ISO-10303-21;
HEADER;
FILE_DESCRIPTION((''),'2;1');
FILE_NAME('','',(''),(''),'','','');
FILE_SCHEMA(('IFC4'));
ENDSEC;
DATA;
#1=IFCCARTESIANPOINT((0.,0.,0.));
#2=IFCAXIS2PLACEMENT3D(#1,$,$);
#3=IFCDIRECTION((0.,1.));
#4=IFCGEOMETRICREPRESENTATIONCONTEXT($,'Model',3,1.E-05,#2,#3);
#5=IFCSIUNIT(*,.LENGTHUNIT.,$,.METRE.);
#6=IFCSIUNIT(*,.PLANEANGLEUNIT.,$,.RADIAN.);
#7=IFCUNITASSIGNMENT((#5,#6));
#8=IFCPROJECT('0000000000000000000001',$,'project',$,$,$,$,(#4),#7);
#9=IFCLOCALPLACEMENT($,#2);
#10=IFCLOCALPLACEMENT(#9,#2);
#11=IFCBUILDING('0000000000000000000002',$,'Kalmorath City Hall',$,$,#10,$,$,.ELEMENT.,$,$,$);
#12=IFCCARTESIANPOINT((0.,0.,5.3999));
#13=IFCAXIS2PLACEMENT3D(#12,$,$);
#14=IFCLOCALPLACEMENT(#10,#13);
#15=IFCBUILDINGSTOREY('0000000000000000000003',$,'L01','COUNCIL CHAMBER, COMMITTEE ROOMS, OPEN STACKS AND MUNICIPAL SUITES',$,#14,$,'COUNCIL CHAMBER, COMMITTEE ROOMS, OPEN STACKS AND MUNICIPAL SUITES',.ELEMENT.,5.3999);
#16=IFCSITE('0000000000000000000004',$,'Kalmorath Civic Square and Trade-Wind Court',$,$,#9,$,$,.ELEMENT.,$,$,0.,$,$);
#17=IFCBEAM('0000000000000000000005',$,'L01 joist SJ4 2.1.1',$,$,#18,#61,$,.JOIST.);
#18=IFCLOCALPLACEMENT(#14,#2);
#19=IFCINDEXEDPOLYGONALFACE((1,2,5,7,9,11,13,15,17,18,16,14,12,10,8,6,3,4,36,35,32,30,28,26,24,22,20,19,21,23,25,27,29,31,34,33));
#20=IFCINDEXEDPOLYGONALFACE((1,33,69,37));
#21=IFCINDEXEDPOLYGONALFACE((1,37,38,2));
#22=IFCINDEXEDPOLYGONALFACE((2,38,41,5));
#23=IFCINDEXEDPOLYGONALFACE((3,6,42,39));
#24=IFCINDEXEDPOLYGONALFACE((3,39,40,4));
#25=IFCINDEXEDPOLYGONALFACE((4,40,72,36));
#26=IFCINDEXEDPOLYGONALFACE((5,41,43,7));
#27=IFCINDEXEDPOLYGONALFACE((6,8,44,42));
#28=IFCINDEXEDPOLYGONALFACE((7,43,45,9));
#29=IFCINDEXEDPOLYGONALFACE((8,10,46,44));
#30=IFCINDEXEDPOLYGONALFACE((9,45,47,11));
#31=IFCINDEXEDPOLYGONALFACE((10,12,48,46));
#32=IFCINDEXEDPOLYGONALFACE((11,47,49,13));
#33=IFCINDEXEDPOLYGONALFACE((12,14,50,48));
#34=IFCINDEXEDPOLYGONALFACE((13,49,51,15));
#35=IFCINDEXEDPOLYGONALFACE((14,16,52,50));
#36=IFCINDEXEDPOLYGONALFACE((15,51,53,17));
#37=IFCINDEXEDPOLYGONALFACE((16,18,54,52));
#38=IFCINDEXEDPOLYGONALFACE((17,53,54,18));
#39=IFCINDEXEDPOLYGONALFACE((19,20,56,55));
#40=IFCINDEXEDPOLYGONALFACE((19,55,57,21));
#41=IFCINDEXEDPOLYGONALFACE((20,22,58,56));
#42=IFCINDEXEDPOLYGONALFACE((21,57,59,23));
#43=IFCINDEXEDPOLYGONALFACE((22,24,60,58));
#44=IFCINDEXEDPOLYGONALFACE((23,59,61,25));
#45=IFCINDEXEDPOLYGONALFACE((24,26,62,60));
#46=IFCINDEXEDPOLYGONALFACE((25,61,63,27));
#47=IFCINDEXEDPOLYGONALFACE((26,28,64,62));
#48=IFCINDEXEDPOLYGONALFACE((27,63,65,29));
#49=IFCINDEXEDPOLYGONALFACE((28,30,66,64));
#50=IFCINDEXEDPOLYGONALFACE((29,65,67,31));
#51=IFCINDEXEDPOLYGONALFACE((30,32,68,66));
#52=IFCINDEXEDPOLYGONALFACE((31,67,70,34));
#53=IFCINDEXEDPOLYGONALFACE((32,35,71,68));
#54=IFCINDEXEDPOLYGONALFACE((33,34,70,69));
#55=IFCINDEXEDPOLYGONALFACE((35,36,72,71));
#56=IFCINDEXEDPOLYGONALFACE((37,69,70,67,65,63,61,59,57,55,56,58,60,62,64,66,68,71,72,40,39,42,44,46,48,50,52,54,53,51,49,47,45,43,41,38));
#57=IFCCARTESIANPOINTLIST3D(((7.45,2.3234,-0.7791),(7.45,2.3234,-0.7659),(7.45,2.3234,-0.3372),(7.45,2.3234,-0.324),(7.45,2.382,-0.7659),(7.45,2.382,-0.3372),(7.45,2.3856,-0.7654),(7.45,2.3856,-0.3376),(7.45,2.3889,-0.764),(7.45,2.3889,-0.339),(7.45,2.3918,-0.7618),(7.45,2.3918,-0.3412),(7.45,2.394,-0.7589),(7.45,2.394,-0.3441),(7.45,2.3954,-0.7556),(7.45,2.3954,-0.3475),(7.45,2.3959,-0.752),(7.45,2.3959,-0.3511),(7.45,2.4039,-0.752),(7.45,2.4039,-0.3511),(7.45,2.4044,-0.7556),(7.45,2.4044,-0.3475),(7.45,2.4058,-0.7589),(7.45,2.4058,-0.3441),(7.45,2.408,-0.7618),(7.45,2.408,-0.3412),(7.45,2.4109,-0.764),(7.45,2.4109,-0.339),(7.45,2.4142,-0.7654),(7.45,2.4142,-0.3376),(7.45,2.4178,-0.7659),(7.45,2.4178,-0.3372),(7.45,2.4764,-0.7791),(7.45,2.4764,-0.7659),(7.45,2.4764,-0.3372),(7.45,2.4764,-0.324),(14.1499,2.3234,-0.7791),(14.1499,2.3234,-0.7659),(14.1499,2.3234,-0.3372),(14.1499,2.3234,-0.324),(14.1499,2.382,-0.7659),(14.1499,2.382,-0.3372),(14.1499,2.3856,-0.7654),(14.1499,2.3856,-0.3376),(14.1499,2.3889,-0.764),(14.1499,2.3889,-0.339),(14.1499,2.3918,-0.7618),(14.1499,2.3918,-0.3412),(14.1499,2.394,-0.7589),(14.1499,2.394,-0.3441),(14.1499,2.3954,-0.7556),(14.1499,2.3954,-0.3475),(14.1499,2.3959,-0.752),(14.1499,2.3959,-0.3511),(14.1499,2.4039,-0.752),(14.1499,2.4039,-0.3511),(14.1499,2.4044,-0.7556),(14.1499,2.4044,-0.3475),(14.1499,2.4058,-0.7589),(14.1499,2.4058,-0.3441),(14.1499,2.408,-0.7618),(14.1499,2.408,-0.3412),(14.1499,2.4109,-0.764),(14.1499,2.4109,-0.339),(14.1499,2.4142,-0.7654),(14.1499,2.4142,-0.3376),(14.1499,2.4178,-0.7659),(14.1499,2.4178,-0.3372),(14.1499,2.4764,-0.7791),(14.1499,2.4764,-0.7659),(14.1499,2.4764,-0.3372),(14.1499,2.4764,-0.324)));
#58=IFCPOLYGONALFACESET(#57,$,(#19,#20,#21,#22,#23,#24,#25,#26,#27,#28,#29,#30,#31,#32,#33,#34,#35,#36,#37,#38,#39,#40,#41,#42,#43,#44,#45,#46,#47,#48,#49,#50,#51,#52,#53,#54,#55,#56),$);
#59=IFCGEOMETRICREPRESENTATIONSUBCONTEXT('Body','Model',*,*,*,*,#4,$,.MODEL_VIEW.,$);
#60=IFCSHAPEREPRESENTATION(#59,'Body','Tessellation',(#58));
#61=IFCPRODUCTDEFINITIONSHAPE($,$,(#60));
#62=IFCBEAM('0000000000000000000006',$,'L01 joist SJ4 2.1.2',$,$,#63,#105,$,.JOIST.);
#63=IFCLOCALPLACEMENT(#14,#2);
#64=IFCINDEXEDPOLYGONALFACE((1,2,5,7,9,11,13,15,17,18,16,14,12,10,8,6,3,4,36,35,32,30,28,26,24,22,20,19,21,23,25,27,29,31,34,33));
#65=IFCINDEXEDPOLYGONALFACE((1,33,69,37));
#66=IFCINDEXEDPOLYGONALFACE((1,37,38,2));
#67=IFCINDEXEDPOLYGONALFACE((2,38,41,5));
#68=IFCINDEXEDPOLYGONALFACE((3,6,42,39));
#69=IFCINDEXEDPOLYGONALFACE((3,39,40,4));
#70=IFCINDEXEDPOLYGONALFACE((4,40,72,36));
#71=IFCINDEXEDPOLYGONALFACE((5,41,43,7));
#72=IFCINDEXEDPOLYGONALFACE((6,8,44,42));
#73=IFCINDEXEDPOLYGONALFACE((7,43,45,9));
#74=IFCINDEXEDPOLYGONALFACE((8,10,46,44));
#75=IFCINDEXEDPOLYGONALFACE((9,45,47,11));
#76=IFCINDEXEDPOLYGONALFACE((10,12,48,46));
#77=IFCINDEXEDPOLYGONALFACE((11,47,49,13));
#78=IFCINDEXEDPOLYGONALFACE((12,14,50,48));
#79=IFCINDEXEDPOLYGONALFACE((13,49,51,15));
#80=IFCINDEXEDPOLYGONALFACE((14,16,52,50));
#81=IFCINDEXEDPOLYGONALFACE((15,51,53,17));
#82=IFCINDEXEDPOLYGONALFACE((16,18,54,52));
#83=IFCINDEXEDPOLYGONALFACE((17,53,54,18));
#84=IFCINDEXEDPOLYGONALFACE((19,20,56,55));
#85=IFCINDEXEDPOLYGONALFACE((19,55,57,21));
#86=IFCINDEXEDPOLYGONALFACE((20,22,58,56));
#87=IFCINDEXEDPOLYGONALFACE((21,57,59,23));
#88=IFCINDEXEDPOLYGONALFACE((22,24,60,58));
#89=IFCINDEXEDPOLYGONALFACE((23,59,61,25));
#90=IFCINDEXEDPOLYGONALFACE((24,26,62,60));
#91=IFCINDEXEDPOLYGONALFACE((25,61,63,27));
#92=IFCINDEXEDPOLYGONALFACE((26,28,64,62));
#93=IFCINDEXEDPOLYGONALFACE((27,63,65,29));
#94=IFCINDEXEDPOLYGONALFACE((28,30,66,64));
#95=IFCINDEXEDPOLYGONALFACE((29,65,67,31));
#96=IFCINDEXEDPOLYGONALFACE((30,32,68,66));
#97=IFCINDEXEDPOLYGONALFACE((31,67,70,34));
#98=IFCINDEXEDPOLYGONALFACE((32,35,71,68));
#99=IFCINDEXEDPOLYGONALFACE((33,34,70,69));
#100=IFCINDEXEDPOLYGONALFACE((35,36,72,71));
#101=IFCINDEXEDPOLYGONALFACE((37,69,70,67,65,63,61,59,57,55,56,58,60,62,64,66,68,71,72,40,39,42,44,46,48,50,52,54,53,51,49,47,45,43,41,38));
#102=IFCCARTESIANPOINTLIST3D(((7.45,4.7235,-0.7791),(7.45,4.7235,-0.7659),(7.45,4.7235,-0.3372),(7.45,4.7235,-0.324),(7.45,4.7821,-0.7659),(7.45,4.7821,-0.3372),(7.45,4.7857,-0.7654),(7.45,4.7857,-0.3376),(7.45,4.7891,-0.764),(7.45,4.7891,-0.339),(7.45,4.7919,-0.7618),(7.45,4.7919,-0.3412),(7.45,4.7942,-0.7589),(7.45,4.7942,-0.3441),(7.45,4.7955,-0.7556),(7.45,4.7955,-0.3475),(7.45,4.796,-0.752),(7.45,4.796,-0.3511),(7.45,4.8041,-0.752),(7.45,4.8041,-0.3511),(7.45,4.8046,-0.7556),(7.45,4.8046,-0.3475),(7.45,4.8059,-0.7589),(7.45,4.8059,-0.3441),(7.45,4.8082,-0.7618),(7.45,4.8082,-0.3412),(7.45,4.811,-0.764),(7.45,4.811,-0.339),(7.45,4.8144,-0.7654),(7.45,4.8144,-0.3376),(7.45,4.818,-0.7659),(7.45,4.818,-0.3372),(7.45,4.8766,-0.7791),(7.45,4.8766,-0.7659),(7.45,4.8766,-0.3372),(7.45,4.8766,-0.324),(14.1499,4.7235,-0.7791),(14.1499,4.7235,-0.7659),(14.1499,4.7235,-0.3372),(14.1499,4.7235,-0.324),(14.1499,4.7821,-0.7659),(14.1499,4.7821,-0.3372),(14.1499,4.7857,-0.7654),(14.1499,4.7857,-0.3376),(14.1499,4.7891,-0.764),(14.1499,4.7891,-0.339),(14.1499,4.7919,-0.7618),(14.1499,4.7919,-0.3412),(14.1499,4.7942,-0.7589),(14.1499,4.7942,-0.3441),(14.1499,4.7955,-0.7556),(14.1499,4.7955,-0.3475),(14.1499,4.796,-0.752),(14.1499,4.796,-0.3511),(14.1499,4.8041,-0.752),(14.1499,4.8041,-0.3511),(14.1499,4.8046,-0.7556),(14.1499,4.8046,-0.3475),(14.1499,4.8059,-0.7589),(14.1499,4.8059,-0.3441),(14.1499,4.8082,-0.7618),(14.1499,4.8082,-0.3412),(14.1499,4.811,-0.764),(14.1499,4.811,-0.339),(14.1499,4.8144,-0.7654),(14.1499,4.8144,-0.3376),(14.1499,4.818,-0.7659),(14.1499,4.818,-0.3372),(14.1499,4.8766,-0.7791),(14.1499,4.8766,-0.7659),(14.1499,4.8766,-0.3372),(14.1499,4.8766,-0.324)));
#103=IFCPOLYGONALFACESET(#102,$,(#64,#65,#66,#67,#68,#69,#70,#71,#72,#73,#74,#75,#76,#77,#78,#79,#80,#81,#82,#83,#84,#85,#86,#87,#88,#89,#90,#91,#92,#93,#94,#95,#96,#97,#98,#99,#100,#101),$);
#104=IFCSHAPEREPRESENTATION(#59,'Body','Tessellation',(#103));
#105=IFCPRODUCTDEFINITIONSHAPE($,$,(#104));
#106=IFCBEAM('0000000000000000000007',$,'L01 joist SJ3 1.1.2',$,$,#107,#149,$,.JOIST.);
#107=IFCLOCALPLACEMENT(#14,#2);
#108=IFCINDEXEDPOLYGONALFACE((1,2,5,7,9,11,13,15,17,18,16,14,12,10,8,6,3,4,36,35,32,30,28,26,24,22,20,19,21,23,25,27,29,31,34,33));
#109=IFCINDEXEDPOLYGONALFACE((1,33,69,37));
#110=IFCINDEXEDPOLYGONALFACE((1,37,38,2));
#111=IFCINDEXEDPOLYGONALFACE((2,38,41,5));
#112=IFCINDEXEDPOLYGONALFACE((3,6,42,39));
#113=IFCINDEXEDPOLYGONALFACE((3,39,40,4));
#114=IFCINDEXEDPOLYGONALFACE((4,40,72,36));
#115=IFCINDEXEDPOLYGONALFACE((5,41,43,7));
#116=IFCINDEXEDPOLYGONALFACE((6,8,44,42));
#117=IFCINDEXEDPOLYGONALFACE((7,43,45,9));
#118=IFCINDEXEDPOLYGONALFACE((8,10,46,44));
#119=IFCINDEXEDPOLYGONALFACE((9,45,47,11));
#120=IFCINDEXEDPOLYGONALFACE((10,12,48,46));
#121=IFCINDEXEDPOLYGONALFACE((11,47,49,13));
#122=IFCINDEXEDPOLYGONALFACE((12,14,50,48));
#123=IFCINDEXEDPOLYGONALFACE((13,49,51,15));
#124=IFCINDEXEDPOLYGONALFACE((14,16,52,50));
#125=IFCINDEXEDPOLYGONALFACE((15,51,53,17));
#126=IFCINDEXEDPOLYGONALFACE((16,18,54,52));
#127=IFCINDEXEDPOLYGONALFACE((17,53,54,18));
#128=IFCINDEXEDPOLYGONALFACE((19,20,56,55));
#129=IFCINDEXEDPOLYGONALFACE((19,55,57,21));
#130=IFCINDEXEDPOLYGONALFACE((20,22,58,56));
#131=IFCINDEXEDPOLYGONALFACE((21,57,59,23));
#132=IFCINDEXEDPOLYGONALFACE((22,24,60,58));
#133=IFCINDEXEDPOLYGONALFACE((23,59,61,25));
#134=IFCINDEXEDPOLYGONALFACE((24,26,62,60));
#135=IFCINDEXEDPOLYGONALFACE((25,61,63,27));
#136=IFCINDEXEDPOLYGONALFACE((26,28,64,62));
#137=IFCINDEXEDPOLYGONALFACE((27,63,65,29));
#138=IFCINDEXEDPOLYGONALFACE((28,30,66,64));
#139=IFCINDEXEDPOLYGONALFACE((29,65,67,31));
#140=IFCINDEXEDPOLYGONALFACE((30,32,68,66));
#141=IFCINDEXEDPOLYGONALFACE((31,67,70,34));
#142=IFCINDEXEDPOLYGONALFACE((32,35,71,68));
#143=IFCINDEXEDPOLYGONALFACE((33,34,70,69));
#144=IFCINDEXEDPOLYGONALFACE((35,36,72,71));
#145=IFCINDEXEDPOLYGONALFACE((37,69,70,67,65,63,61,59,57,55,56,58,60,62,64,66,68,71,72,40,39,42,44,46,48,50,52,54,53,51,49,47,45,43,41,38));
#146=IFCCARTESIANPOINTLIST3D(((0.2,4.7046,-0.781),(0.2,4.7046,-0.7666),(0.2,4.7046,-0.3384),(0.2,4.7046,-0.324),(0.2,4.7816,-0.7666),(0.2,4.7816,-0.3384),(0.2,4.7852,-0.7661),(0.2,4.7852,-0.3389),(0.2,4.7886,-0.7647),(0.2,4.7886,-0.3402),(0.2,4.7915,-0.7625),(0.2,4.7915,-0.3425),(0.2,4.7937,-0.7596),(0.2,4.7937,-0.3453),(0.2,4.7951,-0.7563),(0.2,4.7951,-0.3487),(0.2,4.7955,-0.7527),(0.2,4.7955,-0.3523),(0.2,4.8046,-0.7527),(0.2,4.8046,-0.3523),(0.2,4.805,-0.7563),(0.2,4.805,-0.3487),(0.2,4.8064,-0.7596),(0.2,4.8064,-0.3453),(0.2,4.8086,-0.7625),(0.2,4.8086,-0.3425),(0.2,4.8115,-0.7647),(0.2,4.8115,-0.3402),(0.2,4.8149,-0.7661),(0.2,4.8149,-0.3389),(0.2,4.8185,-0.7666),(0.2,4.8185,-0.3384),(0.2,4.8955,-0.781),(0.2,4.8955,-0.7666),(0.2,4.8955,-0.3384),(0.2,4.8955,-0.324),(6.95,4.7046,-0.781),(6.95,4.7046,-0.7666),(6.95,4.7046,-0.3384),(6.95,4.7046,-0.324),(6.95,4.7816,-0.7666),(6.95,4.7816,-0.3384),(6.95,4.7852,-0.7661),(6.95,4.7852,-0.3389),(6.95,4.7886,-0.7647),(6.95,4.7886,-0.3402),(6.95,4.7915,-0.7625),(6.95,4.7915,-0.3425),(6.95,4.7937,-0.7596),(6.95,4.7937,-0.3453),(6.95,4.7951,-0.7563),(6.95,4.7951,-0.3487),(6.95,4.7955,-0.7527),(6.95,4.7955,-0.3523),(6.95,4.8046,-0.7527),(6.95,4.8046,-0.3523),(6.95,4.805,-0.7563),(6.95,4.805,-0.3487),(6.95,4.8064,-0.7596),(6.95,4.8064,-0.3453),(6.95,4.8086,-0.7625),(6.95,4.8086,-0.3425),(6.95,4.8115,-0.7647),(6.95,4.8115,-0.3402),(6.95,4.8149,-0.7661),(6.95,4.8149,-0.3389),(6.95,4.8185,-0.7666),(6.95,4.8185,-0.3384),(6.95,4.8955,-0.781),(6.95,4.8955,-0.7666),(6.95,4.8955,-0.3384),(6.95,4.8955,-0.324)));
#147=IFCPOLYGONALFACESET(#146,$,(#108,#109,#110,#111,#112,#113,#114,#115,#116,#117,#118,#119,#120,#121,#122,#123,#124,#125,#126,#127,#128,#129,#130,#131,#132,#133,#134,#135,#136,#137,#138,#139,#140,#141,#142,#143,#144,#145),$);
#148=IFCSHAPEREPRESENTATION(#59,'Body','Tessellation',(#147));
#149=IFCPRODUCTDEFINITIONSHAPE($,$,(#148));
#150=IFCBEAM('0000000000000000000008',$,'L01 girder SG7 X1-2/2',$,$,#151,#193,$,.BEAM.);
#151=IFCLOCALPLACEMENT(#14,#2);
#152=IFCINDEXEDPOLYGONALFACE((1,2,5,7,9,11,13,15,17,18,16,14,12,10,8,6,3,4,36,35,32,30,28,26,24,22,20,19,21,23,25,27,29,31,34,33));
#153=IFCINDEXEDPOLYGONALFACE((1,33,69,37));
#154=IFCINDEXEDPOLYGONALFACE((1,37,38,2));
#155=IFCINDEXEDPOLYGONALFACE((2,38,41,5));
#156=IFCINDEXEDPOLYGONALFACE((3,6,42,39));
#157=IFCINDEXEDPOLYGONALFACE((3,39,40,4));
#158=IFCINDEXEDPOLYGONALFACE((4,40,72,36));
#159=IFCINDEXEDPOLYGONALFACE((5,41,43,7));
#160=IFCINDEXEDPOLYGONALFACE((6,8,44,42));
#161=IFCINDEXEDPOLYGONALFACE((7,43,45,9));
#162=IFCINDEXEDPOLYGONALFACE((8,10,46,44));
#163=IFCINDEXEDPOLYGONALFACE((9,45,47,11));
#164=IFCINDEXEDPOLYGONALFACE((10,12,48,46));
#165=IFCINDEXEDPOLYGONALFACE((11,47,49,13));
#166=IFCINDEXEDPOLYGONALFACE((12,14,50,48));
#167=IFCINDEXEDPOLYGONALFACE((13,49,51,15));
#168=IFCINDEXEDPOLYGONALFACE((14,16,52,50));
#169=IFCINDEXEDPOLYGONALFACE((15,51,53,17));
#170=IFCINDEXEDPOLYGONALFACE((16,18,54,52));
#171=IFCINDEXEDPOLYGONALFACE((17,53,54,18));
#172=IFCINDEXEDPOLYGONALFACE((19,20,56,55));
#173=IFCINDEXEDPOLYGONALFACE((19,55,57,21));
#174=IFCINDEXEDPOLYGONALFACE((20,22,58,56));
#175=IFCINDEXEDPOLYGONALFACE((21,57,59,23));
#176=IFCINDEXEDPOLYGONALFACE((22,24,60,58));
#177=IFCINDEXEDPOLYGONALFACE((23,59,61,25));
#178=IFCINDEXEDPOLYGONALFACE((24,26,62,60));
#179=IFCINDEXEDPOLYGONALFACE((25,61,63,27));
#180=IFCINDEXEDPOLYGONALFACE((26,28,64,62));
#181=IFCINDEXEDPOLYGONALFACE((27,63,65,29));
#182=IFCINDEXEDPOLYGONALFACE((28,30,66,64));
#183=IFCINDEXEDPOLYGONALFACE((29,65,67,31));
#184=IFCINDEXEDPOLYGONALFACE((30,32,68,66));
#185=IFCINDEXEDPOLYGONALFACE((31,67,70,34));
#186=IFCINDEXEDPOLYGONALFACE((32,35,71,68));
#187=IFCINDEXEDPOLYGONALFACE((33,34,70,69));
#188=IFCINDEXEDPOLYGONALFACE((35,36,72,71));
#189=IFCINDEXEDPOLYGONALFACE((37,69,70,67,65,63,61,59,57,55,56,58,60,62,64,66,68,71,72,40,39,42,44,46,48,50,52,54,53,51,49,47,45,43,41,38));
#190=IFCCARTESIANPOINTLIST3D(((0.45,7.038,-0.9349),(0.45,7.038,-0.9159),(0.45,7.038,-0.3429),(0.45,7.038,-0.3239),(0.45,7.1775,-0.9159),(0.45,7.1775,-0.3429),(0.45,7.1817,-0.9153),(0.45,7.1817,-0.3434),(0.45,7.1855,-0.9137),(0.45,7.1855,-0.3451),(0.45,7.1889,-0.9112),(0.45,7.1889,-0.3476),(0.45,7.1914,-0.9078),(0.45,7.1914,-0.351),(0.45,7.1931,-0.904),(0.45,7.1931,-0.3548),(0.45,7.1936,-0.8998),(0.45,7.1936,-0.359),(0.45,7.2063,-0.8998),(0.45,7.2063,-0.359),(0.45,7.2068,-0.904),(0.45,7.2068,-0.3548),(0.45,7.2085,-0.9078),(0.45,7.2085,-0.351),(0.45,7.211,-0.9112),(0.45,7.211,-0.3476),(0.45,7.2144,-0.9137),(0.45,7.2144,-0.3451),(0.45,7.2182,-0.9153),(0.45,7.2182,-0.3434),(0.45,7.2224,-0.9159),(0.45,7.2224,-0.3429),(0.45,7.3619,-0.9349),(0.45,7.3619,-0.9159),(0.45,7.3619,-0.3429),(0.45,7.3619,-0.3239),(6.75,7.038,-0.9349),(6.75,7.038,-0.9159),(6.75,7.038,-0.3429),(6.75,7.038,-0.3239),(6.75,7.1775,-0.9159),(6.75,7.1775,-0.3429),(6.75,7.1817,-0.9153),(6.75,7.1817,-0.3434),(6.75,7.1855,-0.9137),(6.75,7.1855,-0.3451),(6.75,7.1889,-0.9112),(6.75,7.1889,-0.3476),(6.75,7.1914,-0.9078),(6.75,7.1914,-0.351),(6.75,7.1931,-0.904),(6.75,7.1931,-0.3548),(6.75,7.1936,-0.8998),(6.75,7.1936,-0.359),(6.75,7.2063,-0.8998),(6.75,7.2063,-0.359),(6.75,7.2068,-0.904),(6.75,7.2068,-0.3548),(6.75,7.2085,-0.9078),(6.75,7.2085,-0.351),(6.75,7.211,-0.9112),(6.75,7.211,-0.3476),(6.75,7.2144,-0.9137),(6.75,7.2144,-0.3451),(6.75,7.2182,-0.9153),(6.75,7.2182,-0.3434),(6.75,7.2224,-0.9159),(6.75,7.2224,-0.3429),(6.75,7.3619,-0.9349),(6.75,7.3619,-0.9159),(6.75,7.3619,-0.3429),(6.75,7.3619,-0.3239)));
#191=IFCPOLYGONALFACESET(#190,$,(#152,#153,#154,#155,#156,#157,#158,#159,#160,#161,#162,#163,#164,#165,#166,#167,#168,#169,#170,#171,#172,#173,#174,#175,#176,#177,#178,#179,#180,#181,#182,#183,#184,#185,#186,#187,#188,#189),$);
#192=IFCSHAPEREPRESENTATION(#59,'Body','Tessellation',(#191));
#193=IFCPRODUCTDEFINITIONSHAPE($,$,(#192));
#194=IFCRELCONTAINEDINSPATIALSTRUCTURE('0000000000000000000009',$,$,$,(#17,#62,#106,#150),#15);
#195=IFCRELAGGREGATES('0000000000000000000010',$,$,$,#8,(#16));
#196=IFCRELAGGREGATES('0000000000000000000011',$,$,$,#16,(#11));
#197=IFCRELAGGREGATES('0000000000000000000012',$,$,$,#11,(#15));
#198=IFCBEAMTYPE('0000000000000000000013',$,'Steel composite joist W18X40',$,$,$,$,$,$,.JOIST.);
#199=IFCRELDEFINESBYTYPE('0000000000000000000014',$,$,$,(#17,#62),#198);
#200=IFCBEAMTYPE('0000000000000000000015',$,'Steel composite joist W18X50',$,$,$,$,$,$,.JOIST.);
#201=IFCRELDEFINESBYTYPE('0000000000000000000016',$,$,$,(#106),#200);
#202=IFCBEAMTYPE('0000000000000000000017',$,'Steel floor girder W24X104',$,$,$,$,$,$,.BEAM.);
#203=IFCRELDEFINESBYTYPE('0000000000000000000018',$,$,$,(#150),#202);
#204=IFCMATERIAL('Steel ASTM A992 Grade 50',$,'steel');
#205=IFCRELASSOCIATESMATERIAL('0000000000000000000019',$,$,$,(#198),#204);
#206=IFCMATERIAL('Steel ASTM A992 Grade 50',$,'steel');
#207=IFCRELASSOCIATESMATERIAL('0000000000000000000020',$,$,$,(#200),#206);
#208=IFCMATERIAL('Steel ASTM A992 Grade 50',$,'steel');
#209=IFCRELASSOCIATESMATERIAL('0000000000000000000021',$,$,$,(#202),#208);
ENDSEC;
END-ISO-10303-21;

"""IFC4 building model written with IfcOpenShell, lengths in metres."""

from ifc_helpers import new_model, si_unit, direction, frame, origin, origin_2d, place, context, subcontext, project, spatial, i_section, extrude, material, material_profile, profile_set, type_object, element, save


model = new_model("IFC4")

# Units and contexts
model_context = context("Model", 3, precision=1e-05, world=origin(), true_north=direction((0.0, 1.0)))
body_context = subcontext(model_context, "Body", "Model", "MODEL_VIEW")
ifc_project = project(units=[si_unit("LENGTHUNIT", "METRE"), si_unit("PLANEANGLEUNIT", "RADIAN")], contexts=[model_context])

# Site, building, storey
site_placement = place(None, origin())
site = spatial("IfcSite", under=ifc_project, at=site_placement, Name="Kalmorath Civic Square and Trade-Wind Court", CompositionType="ELEMENT", RefElevation=0.0)
building_placement = place(site_placement, origin())
building = spatial("IfcBuilding", under=site, at=building_placement, Name="Kalmorath City Hall", CompositionType="ELEMENT")
storey_placement = place(building_placement, frame((0.0, 0.0, 5.3999)))
storey = spatial("IfcBuildingStorey", under=building, at=storey_placement, Name="L01", Description="COUNCIL CHAMBER, COMMITTEE ROOMS, OPEN STACKS AND MUNICIPAL SUITES", LongName="COUNCIL CHAMBER, COMMITTEE ROOMS, OPEN STACKS AND MUNICIPAL SUITES", CompositionType="ELEMENT", Elevation=5.3999)

# Beams
ifc_material_1 = material(Name="Steel ASTM A992 Grade 50", Category="steel")
ifc_material_profile_1 = material_profile(ifc_material_1, i_section(OverallWidth=0.1531, OverallDepth=0.4551, WebThickness=0.0081, FlangeThickness=0.0132, FilletRadius=0.0139, at=origin_2d()), Name="W18X40")
ifc_profile_set_1 = profile_set([ifc_material_profile_1], Name="Steel ASTM A992 Grade 50")
beam_type_1 = type_object("IfcBeamType", Name="Steel composite joist W18X40", PredefinedType="JOIST", material=ifc_profile_set_1)
for number, where, z_axis, x_axis, name in (
    (1, (7.45, 2.3999, -0.5515), (1.0, 0.0, 0.0), (0.0, 1.0, 0.0), "L01 joist SJ4 2.1.1"),
    (2, (7.45, 4.8, -0.5515), (1.0, 0.0, 0.0), (0.0, 1.0, 0.0), "L01 joist SJ4 2.1.2"),
):
    element("IfcBeam", number, at=place(storey_placement, frame(where, z_axis=z_axis, x_axis=x_axis)), inside=storey, type_object=beam_type_1, Name=name, PredefinedType="JOIST", context=body_context, shape_type="SweptSolid", body=[
        extrude(i_section(OverallWidth=0.1531, OverallDepth=0.4551, WebThickness=0.0081, FlangeThickness=0.0132, FilletRadius=0.0139, at=origin_2d()), origin(), (0.0, 0.0, 1.0), 6.7),
    ])
ifc_material_2 = material(Name="Steel ASTM A992 Grade 50", Category="steel")
ifc_material_profile_2 = material_profile(ifc_material_2, i_section(OverallWidth=0.1909, OverallDepth=0.457, WebThickness=0.009, FlangeThickness=0.0144, FilletRadius=0.0139, at=origin_2d()), Name="W18X50")
ifc_profile_set_2 = profile_set([ifc_material_profile_2], Name="Steel ASTM A992 Grade 50")
beam_type_2 = type_object("IfcBeamType", Name="Steel composite joist W18X50", PredefinedType="JOIST", material=ifc_profile_set_2)
beam_1_placement = place(storey_placement, frame((0.2, 4.8, -0.5525), z_axis=(1.0, 0.0, 0.0), x_axis=(0.0, 1.0, 0.0)))
element("IfcBeam", 3, at=beam_1_placement, inside=storey, type_object=beam_type_2, Name="L01 joist SJ3 1.1.2", PredefinedType="JOIST", context=body_context, shape_type="SweptSolid", body=[
    extrude(i_section(OverallWidth=0.1909, OverallDepth=0.457, WebThickness=0.009, FlangeThickness=0.0144, FilletRadius=0.0139, at=origin_2d()), origin(), (0.0, 0.0, 1.0), 6.75),
])
ifc_material_3 = material(Name="Steel ASTM A992 Grade 50", Category="steel")
ifc_material_profile_3 = material_profile(ifc_material_3, i_section(OverallWidth=0.324, OverallDepth=0.6111, WebThickness=0.0127, FlangeThickness=0.019, FilletRadius=0.0161, at=origin_2d()), Name="W24X104")
ifc_profile_set_3 = profile_set([ifc_material_profile_3], Name="Steel ASTM A992 Grade 50")
beam_type_3 = type_object("IfcBeamType", Name="Steel floor girder W24X104", PredefinedType="BEAM", material=ifc_profile_set_3)
for number, where, z_axis, x_axis, name in (
    (4, (0.45, 7.2, -0.6294), (1.0, 0.0, 0.0), (0.0, 1.0, 0.0), "L01 girder SG7 X1-2/2"),
):
    element("IfcBeam", number, at=place(storey_placement, frame(where, z_axis=z_axis, x_axis=x_axis)), inside=storey, type_object=beam_type_3, Name=name, PredefinedType="BEAM", context=body_context, shape_type="SweptSolid", body=[
        extrude(i_section(OverallWidth=0.324, OverallDepth=0.6111, WebThickness=0.0127, FlangeThickness=0.019, FilletRadius=0.0161, at=origin_2d()), origin(), (0.0, 0.0, 1.0), 6.3),
    ])

save(model, "model.ifc")
